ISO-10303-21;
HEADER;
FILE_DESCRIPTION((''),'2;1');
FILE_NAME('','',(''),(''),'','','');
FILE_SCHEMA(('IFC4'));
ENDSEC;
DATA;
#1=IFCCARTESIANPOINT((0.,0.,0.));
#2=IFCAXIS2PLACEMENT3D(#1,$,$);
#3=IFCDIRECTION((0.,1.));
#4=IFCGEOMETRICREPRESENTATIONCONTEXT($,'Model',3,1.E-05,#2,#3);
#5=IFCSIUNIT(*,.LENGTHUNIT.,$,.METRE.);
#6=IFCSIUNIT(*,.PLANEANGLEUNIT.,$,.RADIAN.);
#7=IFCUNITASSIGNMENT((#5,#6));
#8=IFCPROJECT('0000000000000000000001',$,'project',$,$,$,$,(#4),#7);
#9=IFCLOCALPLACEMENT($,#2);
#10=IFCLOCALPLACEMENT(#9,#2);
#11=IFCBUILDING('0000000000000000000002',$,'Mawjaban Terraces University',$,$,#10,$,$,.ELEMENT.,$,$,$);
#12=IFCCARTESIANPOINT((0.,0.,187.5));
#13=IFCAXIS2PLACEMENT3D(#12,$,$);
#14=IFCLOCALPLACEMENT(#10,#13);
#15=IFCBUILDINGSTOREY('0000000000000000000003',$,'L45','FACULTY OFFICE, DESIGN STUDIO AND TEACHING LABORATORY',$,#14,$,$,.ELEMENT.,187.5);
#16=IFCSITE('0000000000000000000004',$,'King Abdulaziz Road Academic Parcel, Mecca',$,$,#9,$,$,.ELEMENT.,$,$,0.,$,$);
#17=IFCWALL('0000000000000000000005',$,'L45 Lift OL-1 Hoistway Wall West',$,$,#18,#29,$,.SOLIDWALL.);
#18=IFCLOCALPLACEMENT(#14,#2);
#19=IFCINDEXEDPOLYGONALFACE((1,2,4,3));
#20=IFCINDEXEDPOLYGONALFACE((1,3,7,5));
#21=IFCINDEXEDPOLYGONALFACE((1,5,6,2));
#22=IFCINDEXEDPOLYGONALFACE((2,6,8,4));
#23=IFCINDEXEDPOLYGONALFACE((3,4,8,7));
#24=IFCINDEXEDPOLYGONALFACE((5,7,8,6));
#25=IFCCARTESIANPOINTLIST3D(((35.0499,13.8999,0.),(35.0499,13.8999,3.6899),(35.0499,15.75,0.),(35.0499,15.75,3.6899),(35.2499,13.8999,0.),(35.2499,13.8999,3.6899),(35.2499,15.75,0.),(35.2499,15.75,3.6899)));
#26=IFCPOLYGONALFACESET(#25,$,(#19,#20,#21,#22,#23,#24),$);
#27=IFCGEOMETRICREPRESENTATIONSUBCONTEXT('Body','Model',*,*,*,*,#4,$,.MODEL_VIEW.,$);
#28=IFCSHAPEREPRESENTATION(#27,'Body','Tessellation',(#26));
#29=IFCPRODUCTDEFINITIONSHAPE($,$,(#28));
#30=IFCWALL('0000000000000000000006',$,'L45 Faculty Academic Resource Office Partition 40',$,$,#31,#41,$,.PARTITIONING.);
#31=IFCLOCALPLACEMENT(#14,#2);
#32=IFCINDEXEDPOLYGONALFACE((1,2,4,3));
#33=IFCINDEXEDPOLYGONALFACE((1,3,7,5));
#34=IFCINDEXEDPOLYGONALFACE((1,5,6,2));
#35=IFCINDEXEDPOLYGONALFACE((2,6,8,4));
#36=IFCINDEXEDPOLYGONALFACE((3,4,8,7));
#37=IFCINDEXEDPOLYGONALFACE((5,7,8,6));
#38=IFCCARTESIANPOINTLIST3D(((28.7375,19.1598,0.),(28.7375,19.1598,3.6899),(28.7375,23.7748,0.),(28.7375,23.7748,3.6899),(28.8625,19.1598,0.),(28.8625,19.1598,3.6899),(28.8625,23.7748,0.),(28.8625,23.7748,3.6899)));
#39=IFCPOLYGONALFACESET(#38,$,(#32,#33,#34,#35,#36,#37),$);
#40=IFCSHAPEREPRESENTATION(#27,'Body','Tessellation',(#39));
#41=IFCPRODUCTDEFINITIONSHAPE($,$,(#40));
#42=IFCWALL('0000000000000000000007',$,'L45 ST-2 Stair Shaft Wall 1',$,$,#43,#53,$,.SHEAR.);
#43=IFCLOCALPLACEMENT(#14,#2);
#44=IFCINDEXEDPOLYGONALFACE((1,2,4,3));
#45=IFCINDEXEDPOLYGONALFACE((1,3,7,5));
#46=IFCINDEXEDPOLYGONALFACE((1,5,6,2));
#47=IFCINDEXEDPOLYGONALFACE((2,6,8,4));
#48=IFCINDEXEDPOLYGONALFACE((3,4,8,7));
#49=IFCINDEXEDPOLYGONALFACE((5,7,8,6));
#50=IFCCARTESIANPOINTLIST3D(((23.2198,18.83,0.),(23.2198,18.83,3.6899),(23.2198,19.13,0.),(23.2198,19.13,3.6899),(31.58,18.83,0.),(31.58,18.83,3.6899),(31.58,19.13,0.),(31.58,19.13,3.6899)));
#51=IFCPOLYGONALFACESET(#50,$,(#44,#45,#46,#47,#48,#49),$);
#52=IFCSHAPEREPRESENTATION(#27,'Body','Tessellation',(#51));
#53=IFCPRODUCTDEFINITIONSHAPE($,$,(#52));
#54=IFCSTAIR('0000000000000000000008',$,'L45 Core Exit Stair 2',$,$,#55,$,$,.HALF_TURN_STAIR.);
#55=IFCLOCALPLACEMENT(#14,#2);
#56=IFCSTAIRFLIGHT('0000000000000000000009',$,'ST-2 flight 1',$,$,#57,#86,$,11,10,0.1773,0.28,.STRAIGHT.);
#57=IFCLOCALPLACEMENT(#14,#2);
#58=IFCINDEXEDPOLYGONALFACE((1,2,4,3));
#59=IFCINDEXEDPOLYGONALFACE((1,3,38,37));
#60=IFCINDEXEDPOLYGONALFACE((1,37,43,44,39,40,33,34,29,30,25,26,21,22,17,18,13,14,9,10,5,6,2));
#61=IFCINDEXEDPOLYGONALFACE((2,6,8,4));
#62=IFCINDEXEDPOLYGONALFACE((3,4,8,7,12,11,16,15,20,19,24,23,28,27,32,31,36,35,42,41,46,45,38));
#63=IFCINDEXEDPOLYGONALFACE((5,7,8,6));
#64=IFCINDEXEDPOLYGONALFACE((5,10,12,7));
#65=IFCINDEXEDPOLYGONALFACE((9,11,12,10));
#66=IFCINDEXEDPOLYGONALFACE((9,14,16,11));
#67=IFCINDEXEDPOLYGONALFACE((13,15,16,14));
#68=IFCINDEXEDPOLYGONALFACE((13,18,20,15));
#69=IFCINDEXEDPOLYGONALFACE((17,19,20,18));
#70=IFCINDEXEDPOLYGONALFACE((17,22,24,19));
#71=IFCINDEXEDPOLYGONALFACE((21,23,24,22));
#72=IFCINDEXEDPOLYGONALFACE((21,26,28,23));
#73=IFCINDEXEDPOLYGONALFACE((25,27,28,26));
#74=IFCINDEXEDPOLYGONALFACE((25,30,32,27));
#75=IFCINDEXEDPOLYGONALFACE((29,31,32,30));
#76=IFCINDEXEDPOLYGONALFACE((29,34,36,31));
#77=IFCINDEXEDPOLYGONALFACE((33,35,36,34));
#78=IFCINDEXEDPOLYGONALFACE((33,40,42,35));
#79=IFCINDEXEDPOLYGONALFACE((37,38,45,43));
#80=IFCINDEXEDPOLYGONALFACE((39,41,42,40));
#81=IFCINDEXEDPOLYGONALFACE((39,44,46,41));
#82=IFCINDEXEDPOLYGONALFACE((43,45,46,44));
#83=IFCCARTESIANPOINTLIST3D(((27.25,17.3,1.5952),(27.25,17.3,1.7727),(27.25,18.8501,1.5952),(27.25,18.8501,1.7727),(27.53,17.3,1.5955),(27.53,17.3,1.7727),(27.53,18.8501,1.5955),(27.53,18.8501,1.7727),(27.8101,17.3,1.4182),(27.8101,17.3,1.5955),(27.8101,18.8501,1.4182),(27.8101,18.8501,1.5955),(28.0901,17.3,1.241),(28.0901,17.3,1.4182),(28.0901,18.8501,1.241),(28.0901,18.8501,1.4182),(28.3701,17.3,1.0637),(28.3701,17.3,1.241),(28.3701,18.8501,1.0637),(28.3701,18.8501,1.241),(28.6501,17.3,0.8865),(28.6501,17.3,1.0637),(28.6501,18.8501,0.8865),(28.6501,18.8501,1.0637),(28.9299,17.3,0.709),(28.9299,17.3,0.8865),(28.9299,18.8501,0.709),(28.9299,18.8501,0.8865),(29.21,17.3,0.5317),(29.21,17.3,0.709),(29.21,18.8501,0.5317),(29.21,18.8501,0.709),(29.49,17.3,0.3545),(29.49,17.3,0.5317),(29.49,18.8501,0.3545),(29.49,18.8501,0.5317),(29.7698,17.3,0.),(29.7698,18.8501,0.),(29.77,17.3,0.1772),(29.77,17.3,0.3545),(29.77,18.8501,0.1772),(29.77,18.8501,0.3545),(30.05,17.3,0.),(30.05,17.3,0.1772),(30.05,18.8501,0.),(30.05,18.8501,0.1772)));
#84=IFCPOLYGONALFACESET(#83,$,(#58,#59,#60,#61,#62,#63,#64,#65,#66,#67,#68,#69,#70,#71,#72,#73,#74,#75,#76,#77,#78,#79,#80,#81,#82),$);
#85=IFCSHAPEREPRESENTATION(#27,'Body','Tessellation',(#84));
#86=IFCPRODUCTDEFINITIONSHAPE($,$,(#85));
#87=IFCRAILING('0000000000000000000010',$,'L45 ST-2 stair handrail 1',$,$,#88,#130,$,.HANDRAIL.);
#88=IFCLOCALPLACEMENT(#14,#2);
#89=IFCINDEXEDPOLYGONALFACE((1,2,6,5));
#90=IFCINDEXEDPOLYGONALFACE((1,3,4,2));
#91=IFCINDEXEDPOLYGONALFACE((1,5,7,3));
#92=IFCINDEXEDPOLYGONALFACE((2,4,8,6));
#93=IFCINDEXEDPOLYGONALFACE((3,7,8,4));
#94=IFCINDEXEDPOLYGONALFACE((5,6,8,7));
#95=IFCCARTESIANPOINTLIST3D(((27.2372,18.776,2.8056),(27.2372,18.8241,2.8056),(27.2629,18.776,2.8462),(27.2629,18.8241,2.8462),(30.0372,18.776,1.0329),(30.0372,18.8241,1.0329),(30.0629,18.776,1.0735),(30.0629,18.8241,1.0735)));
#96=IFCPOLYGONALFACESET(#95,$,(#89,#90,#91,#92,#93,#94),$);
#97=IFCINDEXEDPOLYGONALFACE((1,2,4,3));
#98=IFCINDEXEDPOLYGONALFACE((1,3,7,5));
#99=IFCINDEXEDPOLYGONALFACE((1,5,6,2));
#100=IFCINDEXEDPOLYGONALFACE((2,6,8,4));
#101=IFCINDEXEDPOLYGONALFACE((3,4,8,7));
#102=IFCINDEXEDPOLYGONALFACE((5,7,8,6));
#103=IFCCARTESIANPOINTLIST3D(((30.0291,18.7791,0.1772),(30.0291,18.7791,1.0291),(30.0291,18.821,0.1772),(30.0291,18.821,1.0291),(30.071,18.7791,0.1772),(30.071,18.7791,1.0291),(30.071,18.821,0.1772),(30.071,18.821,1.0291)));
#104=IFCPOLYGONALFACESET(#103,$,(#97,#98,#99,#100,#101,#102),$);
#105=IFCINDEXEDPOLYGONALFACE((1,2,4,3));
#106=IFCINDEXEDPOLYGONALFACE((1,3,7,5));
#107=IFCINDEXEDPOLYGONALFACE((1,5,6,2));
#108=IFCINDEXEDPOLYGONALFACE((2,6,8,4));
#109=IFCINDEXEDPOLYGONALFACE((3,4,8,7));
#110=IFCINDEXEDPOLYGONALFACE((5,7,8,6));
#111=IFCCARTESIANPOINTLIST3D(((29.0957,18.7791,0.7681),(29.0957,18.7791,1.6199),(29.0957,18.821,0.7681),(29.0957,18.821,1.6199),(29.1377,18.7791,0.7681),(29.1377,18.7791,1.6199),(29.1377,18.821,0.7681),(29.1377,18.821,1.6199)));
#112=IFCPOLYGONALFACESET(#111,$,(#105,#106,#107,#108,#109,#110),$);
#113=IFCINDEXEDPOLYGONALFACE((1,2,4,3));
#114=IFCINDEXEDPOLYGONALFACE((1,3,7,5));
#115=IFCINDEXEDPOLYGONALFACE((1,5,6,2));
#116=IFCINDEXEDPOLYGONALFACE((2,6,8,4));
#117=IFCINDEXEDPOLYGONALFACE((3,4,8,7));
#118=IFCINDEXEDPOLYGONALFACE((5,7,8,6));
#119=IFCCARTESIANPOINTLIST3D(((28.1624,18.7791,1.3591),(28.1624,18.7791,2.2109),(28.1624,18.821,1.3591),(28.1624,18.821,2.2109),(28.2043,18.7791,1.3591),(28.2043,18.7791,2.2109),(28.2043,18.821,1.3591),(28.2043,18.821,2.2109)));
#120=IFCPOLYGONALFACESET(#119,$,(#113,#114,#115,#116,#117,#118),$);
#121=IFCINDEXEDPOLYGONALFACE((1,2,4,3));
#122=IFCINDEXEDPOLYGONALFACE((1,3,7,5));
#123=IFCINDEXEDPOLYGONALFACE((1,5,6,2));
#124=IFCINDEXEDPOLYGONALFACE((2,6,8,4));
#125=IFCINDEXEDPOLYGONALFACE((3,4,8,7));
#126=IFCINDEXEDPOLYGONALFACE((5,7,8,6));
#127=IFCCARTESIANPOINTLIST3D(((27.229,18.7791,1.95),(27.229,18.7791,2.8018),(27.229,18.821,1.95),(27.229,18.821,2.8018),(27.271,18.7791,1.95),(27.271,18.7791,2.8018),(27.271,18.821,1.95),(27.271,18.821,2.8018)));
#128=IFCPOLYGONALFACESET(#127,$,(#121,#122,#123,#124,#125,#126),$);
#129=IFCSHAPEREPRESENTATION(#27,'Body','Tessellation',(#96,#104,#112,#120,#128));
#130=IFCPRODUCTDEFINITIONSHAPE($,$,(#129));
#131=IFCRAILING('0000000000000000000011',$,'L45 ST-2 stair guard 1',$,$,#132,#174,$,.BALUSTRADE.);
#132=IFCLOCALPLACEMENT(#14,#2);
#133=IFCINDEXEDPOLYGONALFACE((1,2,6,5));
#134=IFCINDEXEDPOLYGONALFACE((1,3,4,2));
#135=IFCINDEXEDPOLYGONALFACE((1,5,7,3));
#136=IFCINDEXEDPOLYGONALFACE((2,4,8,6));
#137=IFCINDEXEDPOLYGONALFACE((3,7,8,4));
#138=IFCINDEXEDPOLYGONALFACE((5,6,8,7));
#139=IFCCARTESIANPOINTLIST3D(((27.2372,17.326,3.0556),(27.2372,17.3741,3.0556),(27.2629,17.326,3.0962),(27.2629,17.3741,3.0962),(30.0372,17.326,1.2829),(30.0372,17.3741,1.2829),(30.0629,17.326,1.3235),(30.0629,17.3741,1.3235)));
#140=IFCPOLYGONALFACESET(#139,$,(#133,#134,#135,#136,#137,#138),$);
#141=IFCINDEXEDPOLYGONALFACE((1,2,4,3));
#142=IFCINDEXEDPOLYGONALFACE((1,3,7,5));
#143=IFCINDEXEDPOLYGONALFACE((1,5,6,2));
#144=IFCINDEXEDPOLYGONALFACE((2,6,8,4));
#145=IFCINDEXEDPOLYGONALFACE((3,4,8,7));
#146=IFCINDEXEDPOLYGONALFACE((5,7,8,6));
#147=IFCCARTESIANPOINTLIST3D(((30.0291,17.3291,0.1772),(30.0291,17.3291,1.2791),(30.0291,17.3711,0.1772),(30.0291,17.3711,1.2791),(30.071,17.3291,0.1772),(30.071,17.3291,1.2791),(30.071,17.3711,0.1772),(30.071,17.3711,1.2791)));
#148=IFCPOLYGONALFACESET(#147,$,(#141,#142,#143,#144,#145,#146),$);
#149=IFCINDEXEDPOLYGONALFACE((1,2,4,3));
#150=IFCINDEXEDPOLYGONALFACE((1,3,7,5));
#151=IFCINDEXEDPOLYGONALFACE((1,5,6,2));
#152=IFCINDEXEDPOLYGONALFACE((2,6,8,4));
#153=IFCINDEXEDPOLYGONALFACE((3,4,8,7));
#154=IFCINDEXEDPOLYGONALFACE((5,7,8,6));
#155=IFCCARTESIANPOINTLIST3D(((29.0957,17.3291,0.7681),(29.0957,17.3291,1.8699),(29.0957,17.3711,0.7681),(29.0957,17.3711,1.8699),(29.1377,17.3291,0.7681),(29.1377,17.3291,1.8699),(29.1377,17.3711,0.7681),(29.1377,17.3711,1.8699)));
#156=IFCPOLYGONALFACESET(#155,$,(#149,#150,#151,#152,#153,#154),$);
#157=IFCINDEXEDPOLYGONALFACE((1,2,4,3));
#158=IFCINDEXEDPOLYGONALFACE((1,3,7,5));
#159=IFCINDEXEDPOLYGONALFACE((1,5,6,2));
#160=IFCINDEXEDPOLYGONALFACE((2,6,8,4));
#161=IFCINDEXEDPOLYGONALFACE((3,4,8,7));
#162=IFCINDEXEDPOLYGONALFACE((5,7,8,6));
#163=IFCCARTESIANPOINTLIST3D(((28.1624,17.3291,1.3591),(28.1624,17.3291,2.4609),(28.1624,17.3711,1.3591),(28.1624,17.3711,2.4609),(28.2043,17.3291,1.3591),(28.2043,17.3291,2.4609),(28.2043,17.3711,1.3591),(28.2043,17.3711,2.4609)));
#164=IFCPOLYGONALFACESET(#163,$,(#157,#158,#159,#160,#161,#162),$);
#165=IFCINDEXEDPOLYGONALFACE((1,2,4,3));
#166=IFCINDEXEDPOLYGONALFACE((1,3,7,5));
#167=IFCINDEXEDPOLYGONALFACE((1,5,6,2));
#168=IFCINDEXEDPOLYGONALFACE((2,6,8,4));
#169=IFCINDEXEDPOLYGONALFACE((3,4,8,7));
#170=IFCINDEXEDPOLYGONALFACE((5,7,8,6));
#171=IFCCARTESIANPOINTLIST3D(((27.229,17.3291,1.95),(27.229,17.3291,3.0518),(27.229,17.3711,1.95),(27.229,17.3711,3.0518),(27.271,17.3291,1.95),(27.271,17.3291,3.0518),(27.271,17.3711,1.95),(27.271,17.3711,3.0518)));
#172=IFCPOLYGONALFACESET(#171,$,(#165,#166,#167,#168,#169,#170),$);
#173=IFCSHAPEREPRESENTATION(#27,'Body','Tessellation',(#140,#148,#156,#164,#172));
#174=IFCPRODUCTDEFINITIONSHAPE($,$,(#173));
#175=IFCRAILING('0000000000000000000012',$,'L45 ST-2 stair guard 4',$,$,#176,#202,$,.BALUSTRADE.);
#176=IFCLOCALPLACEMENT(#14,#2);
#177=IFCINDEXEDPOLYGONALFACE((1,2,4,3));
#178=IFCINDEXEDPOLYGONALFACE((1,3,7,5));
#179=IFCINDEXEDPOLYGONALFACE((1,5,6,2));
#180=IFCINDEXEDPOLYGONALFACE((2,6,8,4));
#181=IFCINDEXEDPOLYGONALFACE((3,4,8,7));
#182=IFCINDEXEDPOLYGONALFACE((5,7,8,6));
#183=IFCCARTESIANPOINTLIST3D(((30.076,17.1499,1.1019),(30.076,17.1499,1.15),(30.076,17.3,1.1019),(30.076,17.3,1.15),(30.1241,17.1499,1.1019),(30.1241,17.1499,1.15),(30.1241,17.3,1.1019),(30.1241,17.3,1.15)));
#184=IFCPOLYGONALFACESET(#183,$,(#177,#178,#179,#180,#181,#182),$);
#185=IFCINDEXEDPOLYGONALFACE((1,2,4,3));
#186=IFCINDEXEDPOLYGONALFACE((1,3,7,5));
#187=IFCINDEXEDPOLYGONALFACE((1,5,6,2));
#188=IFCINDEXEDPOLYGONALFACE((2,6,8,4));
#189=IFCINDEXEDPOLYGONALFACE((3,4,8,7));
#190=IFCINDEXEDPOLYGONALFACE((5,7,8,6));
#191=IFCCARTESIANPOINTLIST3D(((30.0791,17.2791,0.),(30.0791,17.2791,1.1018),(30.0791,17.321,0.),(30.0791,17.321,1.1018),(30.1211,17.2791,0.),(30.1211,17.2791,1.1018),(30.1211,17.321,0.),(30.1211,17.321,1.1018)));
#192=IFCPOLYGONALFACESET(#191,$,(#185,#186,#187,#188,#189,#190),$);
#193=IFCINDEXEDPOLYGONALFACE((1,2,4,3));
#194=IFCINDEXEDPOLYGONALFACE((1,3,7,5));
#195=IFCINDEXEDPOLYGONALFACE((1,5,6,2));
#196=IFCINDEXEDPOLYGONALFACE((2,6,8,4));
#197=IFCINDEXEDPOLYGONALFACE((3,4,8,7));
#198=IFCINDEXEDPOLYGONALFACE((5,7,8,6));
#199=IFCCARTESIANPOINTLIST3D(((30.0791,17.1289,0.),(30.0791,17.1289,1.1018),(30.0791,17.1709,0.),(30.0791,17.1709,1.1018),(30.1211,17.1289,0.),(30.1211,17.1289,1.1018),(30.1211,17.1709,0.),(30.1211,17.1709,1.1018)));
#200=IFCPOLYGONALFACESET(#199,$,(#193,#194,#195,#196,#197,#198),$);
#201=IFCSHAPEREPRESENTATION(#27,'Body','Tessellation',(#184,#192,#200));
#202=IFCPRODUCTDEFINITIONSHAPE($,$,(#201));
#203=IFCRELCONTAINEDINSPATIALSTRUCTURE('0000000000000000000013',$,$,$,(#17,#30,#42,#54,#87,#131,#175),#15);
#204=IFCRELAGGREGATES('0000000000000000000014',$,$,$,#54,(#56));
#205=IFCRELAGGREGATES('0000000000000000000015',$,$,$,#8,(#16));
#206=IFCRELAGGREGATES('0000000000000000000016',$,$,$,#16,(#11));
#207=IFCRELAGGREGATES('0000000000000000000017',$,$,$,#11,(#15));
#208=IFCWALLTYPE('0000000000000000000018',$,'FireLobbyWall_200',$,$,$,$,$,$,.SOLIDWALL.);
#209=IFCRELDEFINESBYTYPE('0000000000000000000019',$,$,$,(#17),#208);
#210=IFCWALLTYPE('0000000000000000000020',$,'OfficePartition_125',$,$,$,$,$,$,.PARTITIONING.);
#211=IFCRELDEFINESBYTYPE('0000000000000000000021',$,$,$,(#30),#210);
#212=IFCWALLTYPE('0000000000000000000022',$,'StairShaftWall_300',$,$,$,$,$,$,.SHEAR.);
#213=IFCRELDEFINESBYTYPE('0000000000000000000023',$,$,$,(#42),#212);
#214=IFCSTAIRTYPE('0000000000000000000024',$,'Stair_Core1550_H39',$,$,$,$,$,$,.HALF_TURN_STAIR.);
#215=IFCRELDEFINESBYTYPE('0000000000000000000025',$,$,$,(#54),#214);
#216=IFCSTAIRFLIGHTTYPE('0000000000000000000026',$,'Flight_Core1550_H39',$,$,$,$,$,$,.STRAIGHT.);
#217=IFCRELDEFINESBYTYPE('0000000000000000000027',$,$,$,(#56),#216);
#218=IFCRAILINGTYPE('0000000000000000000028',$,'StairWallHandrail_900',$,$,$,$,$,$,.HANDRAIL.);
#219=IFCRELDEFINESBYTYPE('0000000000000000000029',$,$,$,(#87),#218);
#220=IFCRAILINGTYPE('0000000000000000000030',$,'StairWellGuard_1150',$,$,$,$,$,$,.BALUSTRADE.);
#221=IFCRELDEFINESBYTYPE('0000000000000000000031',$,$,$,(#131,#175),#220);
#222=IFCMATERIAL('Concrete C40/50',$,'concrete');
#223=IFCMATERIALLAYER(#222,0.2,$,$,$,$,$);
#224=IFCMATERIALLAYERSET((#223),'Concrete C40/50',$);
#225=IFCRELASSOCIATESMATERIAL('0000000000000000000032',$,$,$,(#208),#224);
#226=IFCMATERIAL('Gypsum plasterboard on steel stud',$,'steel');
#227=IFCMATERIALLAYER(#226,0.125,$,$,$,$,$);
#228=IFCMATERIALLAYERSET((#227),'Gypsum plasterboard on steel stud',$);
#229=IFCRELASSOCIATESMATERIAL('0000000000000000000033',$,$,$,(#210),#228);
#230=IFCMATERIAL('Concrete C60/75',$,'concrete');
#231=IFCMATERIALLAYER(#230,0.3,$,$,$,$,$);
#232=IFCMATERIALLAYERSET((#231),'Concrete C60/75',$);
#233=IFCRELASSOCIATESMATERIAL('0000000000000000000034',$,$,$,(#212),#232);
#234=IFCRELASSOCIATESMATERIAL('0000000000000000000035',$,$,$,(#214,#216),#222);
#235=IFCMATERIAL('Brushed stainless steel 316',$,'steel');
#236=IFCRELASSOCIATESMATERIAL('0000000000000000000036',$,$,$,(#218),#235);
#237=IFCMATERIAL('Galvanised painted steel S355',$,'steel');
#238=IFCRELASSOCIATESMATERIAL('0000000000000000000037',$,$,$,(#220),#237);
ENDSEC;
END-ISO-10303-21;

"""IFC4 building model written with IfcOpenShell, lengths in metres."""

from ifc_helpers import new_model, si_unit, direction, frame, frame_2d, origin, origin_2d, place, context, subcontext, project, spatial, polyline, rectangle, outline, extrude, material, layer, layer_set, type_object, element, aggregate, save


model = new_model("IFC4")

# Units and contexts
model_context = context("Model", 3, precision=1e-05, world=origin(), true_north=direction((0.0, 1.0)))
body_context = subcontext(model_context, "Body", "Model", "MODEL_VIEW")
ifc_project = project(units=[si_unit("LENGTHUNIT", "METRE"), si_unit("PLANEANGLEUNIT", "RADIAN")], contexts=[model_context])

# Site, building, storey
site_placement = place(None, origin())
site = spatial("IfcSite", under=ifc_project, at=site_placement, Name="King Abdulaziz Road Academic Parcel, Mecca", CompositionType="ELEMENT", RefElevation=0.0)
building_placement = place(site_placement, origin())
building = spatial("IfcBuilding", under=site, at=building_placement, Name="Mawjaban Terraces University", CompositionType="ELEMENT")
storey_placement = place(building_placement, frame((0.0, 0.0, 187.5)))
storey = spatial("IfcBuildingStorey", under=building, at=storey_placement, Name="L45", Description="FACULTY OFFICE, DESIGN STUDIO AND TEACHING LABORATORY", CompositionType="ELEMENT", Elevation=187.5)

# Shared definitions
ifc_material_1 = material(Name="Concrete C60/75", Category="concrete")

# Shared definitions
ifc_material_2 = material(Name="Concrete C40/50", Category="concrete")
ifc_layer_1 = layer(ifc_material_2, 0.2)
ifc_layer_set_1 = layer_set([ifc_layer_1], Name="Concrete C40/50")
wall_type_1 = type_object("IfcWallType", Name="FireLobbyWall_200", PredefinedType="SOLIDWALL", material=ifc_layer_set_1)

# Walls
wall_1_placement = place(storey_placement, frame((35.1499, 15.75, 0.0), z_axis=(0.0, 0.0, 1.0), x_axis=(0.0, -1.0, 0.0)))
element("IfcWall", 1, at=wall_1_placement, inside=storey, type_object=wall_type_1, Name="L45 Lift OL-1 Hoistway Wall West", PredefinedType="SOLIDWALL", context=body_context, shape_type="SweptSolid", body=[
    extrude(rectangle(XDim=1.8501, YDim=0.2, at=frame_2d((0.925, 0.0))), origin(), (0.0, 0.0, 1.0), 3.6899),
])
ifc_material_3 = material(Name="Gypsum plasterboard on steel stud", Category="steel")
ifc_layer_2 = layer(ifc_material_3, 0.125)
ifc_layer_set_2 = layer_set([ifc_layer_2], Name="Gypsum plasterboard on steel stud")
wall_type_2 = type_object("IfcWallType", Name="OfficePartition_125", PredefinedType="PARTITIONING", material=ifc_layer_set_2)
wall_2_placement = place(storey_placement, frame((28.8, 23.7749, 0.0), z_axis=(0.0, 0.0, 1.0), x_axis=(0.0, -1.0, 0.0)))
element("IfcWall", 2, at=wall_2_placement, inside=storey, type_object=wall_type_2, Name="L45 Faculty Academic Resource Office Partition 40", PredefinedType="PARTITIONING", context=body_context, shape_type="SweptSolid", body=[
    extrude(rectangle(XDim=4.615, YDim=0.125, at=frame_2d((2.3076, 0.0))), origin(), (0.0, 0.0, 1.0), 3.6899),
])
ifc_layer_3 = layer(ifc_material_1, 0.3)
ifc_layer_set_3 = layer_set([ifc_layer_3], Name="Concrete C60/75")
wall_type_3 = type_object("IfcWallType", Name="StairShaftWall_300", PredefinedType="SHEAR", material=ifc_layer_set_3)
wall_3_placement = place(storey_placement, frame((31.5801, 18.98, 0.0), z_axis=(0.0, 0.0, 1.0), x_axis=(-1.0, 0.0, 0.0)))
element("IfcWall", 3, at=wall_3_placement, inside=storey, type_object=wall_type_3, Name="L45 ST-2 Stair Shaft Wall 1", PredefinedType="SHEAR", context=body_context, shape_type="SweptSolid", body=[
    extrude(rectangle(XDim=8.3601, YDim=0.3, at=frame_2d((4.1802, 0.0))), origin(), (0.0, 0.0, 1.0), 3.6899),
])

# Stair, stair flight
stair_type = type_object("IfcStairType", Name="Stair_Core1550_H39", PredefinedType="HALF_TURN_STAIR", material=ifc_material_2)
stair_placement = place(storey_placement, origin())
stair = element("IfcStair", 4, at=stair_placement, inside=storey, type_object=stair_type, Name="L45 Core Exit Stair 2", PredefinedType="HALF_TURN_STAIR")
stair_flight_type = type_object("IfcStairFlightType", Name="Flight_Core1550_H39", PredefinedType="STRAIGHT", material=ifc_material_2)
stair_flight_placement = place(storey_placement, frame((30.05, 18.075, 0.0), z_axis=(0.0, 0.0, 1.0), x_axis=(-1.0, 0.0, 0.0)))
stair_flight = element("IfcStairFlight", 5, at=stair_flight_placement, type_object=stair_flight_type, Name="ST-2 flight 1", NumberOfRisers=11, NumberOfTreads=10, PredefinedType="STRAIGHT", RiserHeight=0.1773, TreadLength=0.28, context=body_context, shape_type="SweptSolid", body=[
    extrude(outline(polyline([(0.0, 0.0), (0.0, 0.1772), (0.28, 0.1772), (0.28, 0.3545), (0.5601, 0.3545), (0.5601, 0.5317), (0.8401, 0.5317), (0.8401, 0.709), (1.1201, 0.709), (1.1201, 0.8865), (1.3999, 0.8865), (1.3999, 1.0637), (1.6799, 1.0637), (1.6799, 1.241), (1.96, 1.241), (1.96, 1.4182), (2.24, 1.4182), (2.24, 1.5955), (2.52, 1.5955), (2.52, 1.7727), (2.8, 1.7727), (2.8, 1.95), (2.8, 1.5952), (0.2803, 0.0), (0.0, 0.0)])), frame((0.0, 0.7749, 0.0), z_axis=(0.0, -1.0, 0.0), x_axis=(1.0, 0.0, 0.0)), (0.0, 0.0, 1.0), 1.55),
])
aggregate(stair, [stair_flight])

# Railings
ifc_material_4 = material(Name="Brushed stainless steel 316", Category="steel")
railing_type_1 = type_object("IfcRailingType", Name="StairWallHandrail_900", PredefinedType="HANDRAIL", material=ifc_material_4)
railing_1_placement = place(storey_placement, frame((30.05, 18.8, 0.1772)))
element("IfcRailing", 6, at=railing_1_placement, inside=storey, type_object=railing_type_1, Name="L45 ST-2 stair handrail 1", PredefinedType="HANDRAIL", context=body_context, shape_type="SweptSolid", body=[
    extrude(rectangle(XDim=0.0481, YDim=0.0481, at=origin_2d()), frame((0.0, 0.0, 0.876), z_axis=(-0.844909, 0.0, 0.53491), x_axis=(0.0, -1.0, 0.0)), (0.0, 0.0, 1.0), 3.314),
    extrude(rectangle(XDim=0.042, YDim=0.042, at=origin_2d()), origin(), (0.0, 0.0, 1.0), 0.8518),
    extrude(rectangle(XDim=0.042, YDim=0.042, at=origin_2d()), frame((-0.9333, 0.0, 0.5908)), (0.0, 0.0, 1.0), 0.8518),
    extrude(rectangle(XDim=0.042, YDim=0.042, at=origin_2d()), frame((-1.8667, 0.0, 1.1819)), (0.0, 0.0, 1.0), 0.8518),
    extrude(rectangle(XDim=0.042, YDim=0.042, at=origin_2d()), frame((-2.8, 0.0, 1.7727)), (0.0, 0.0, 1.0), 0.8518),
])
ifc_material_5 = material(Name="Galvanised painted steel S355", Category="steel")
railing_type_2 = type_object("IfcRailingType", Name="StairWellGuard_1150", PredefinedType="BALUSTRADE", material=ifc_material_5)
railing_2_placement = place(storey_placement, frame((30.05, 17.3501, 0.1772)))
element("IfcRailing", 7, at=railing_2_placement, inside=storey, type_object=railing_type_2, Name="L45 ST-2 stair guard 1", PredefinedType="BALUSTRADE", context=body_context, shape_type="SweptSolid", body=[
    extrude(rectangle(XDim=0.0481, YDim=0.0481, at=origin_2d()), frame((0.0, 0.0, 1.126), z_axis=(-0.844909, 0.0, 0.53491), x_axis=(0.0, -1.0, 0.0)), (0.0, 0.0, 1.0), 3.314),
    extrude(rectangle(XDim=0.042, YDim=0.042, at=origin_2d()), origin(), (0.0, 0.0, 1.0), 1.1018),
    extrude(rectangle(XDim=0.042, YDim=0.042, at=origin_2d()), frame((-0.9333, 0.0, 0.5908)), (0.0, 0.0, 1.0), 1.1018),
    extrude(rectangle(XDim=0.042, YDim=0.042, at=origin_2d()), frame((-1.8667, 0.0, 1.1819)), (0.0, 0.0, 1.0), 1.1018),
    extrude(rectangle(XDim=0.042, YDim=0.042, at=origin_2d()), frame((-2.8, 0.0, 1.7727)), (0.0, 0.0, 1.0), 1.1018),
])
railing_3_placement = place(storey_placement, frame((30.1001, 17.3, 0.0)))
element("IfcRailing", 8, at=railing_3_placement, inside=storey, type_object=railing_type_2, Name="L45 ST-2 stair guard 4", PredefinedType="BALUSTRADE", context=body_context, shape_type="SweptSolid", body=[
    extrude(rectangle(XDim=0.0481, YDim=0.0481, at=origin_2d()), frame((0.0, 0.0, 1.126), z_axis=(0.0, -1.0, 0.0), x_axis=(1.0, 0.0, 0.0)), (0.0, 0.0, 1.0), 0.1501),
    extrude(rectangle(XDim=0.042, YDim=0.042, at=origin_2d()), origin(), (0.0, 0.0, 1.0), 1.1018),
    extrude(rectangle(XDim=0.042, YDim=0.042, at=origin_2d()), frame((0.0, -0.1501, 0.0)), (0.0, 0.0, 1.0), 1.1018),
])

save(model, "model.ifc")
